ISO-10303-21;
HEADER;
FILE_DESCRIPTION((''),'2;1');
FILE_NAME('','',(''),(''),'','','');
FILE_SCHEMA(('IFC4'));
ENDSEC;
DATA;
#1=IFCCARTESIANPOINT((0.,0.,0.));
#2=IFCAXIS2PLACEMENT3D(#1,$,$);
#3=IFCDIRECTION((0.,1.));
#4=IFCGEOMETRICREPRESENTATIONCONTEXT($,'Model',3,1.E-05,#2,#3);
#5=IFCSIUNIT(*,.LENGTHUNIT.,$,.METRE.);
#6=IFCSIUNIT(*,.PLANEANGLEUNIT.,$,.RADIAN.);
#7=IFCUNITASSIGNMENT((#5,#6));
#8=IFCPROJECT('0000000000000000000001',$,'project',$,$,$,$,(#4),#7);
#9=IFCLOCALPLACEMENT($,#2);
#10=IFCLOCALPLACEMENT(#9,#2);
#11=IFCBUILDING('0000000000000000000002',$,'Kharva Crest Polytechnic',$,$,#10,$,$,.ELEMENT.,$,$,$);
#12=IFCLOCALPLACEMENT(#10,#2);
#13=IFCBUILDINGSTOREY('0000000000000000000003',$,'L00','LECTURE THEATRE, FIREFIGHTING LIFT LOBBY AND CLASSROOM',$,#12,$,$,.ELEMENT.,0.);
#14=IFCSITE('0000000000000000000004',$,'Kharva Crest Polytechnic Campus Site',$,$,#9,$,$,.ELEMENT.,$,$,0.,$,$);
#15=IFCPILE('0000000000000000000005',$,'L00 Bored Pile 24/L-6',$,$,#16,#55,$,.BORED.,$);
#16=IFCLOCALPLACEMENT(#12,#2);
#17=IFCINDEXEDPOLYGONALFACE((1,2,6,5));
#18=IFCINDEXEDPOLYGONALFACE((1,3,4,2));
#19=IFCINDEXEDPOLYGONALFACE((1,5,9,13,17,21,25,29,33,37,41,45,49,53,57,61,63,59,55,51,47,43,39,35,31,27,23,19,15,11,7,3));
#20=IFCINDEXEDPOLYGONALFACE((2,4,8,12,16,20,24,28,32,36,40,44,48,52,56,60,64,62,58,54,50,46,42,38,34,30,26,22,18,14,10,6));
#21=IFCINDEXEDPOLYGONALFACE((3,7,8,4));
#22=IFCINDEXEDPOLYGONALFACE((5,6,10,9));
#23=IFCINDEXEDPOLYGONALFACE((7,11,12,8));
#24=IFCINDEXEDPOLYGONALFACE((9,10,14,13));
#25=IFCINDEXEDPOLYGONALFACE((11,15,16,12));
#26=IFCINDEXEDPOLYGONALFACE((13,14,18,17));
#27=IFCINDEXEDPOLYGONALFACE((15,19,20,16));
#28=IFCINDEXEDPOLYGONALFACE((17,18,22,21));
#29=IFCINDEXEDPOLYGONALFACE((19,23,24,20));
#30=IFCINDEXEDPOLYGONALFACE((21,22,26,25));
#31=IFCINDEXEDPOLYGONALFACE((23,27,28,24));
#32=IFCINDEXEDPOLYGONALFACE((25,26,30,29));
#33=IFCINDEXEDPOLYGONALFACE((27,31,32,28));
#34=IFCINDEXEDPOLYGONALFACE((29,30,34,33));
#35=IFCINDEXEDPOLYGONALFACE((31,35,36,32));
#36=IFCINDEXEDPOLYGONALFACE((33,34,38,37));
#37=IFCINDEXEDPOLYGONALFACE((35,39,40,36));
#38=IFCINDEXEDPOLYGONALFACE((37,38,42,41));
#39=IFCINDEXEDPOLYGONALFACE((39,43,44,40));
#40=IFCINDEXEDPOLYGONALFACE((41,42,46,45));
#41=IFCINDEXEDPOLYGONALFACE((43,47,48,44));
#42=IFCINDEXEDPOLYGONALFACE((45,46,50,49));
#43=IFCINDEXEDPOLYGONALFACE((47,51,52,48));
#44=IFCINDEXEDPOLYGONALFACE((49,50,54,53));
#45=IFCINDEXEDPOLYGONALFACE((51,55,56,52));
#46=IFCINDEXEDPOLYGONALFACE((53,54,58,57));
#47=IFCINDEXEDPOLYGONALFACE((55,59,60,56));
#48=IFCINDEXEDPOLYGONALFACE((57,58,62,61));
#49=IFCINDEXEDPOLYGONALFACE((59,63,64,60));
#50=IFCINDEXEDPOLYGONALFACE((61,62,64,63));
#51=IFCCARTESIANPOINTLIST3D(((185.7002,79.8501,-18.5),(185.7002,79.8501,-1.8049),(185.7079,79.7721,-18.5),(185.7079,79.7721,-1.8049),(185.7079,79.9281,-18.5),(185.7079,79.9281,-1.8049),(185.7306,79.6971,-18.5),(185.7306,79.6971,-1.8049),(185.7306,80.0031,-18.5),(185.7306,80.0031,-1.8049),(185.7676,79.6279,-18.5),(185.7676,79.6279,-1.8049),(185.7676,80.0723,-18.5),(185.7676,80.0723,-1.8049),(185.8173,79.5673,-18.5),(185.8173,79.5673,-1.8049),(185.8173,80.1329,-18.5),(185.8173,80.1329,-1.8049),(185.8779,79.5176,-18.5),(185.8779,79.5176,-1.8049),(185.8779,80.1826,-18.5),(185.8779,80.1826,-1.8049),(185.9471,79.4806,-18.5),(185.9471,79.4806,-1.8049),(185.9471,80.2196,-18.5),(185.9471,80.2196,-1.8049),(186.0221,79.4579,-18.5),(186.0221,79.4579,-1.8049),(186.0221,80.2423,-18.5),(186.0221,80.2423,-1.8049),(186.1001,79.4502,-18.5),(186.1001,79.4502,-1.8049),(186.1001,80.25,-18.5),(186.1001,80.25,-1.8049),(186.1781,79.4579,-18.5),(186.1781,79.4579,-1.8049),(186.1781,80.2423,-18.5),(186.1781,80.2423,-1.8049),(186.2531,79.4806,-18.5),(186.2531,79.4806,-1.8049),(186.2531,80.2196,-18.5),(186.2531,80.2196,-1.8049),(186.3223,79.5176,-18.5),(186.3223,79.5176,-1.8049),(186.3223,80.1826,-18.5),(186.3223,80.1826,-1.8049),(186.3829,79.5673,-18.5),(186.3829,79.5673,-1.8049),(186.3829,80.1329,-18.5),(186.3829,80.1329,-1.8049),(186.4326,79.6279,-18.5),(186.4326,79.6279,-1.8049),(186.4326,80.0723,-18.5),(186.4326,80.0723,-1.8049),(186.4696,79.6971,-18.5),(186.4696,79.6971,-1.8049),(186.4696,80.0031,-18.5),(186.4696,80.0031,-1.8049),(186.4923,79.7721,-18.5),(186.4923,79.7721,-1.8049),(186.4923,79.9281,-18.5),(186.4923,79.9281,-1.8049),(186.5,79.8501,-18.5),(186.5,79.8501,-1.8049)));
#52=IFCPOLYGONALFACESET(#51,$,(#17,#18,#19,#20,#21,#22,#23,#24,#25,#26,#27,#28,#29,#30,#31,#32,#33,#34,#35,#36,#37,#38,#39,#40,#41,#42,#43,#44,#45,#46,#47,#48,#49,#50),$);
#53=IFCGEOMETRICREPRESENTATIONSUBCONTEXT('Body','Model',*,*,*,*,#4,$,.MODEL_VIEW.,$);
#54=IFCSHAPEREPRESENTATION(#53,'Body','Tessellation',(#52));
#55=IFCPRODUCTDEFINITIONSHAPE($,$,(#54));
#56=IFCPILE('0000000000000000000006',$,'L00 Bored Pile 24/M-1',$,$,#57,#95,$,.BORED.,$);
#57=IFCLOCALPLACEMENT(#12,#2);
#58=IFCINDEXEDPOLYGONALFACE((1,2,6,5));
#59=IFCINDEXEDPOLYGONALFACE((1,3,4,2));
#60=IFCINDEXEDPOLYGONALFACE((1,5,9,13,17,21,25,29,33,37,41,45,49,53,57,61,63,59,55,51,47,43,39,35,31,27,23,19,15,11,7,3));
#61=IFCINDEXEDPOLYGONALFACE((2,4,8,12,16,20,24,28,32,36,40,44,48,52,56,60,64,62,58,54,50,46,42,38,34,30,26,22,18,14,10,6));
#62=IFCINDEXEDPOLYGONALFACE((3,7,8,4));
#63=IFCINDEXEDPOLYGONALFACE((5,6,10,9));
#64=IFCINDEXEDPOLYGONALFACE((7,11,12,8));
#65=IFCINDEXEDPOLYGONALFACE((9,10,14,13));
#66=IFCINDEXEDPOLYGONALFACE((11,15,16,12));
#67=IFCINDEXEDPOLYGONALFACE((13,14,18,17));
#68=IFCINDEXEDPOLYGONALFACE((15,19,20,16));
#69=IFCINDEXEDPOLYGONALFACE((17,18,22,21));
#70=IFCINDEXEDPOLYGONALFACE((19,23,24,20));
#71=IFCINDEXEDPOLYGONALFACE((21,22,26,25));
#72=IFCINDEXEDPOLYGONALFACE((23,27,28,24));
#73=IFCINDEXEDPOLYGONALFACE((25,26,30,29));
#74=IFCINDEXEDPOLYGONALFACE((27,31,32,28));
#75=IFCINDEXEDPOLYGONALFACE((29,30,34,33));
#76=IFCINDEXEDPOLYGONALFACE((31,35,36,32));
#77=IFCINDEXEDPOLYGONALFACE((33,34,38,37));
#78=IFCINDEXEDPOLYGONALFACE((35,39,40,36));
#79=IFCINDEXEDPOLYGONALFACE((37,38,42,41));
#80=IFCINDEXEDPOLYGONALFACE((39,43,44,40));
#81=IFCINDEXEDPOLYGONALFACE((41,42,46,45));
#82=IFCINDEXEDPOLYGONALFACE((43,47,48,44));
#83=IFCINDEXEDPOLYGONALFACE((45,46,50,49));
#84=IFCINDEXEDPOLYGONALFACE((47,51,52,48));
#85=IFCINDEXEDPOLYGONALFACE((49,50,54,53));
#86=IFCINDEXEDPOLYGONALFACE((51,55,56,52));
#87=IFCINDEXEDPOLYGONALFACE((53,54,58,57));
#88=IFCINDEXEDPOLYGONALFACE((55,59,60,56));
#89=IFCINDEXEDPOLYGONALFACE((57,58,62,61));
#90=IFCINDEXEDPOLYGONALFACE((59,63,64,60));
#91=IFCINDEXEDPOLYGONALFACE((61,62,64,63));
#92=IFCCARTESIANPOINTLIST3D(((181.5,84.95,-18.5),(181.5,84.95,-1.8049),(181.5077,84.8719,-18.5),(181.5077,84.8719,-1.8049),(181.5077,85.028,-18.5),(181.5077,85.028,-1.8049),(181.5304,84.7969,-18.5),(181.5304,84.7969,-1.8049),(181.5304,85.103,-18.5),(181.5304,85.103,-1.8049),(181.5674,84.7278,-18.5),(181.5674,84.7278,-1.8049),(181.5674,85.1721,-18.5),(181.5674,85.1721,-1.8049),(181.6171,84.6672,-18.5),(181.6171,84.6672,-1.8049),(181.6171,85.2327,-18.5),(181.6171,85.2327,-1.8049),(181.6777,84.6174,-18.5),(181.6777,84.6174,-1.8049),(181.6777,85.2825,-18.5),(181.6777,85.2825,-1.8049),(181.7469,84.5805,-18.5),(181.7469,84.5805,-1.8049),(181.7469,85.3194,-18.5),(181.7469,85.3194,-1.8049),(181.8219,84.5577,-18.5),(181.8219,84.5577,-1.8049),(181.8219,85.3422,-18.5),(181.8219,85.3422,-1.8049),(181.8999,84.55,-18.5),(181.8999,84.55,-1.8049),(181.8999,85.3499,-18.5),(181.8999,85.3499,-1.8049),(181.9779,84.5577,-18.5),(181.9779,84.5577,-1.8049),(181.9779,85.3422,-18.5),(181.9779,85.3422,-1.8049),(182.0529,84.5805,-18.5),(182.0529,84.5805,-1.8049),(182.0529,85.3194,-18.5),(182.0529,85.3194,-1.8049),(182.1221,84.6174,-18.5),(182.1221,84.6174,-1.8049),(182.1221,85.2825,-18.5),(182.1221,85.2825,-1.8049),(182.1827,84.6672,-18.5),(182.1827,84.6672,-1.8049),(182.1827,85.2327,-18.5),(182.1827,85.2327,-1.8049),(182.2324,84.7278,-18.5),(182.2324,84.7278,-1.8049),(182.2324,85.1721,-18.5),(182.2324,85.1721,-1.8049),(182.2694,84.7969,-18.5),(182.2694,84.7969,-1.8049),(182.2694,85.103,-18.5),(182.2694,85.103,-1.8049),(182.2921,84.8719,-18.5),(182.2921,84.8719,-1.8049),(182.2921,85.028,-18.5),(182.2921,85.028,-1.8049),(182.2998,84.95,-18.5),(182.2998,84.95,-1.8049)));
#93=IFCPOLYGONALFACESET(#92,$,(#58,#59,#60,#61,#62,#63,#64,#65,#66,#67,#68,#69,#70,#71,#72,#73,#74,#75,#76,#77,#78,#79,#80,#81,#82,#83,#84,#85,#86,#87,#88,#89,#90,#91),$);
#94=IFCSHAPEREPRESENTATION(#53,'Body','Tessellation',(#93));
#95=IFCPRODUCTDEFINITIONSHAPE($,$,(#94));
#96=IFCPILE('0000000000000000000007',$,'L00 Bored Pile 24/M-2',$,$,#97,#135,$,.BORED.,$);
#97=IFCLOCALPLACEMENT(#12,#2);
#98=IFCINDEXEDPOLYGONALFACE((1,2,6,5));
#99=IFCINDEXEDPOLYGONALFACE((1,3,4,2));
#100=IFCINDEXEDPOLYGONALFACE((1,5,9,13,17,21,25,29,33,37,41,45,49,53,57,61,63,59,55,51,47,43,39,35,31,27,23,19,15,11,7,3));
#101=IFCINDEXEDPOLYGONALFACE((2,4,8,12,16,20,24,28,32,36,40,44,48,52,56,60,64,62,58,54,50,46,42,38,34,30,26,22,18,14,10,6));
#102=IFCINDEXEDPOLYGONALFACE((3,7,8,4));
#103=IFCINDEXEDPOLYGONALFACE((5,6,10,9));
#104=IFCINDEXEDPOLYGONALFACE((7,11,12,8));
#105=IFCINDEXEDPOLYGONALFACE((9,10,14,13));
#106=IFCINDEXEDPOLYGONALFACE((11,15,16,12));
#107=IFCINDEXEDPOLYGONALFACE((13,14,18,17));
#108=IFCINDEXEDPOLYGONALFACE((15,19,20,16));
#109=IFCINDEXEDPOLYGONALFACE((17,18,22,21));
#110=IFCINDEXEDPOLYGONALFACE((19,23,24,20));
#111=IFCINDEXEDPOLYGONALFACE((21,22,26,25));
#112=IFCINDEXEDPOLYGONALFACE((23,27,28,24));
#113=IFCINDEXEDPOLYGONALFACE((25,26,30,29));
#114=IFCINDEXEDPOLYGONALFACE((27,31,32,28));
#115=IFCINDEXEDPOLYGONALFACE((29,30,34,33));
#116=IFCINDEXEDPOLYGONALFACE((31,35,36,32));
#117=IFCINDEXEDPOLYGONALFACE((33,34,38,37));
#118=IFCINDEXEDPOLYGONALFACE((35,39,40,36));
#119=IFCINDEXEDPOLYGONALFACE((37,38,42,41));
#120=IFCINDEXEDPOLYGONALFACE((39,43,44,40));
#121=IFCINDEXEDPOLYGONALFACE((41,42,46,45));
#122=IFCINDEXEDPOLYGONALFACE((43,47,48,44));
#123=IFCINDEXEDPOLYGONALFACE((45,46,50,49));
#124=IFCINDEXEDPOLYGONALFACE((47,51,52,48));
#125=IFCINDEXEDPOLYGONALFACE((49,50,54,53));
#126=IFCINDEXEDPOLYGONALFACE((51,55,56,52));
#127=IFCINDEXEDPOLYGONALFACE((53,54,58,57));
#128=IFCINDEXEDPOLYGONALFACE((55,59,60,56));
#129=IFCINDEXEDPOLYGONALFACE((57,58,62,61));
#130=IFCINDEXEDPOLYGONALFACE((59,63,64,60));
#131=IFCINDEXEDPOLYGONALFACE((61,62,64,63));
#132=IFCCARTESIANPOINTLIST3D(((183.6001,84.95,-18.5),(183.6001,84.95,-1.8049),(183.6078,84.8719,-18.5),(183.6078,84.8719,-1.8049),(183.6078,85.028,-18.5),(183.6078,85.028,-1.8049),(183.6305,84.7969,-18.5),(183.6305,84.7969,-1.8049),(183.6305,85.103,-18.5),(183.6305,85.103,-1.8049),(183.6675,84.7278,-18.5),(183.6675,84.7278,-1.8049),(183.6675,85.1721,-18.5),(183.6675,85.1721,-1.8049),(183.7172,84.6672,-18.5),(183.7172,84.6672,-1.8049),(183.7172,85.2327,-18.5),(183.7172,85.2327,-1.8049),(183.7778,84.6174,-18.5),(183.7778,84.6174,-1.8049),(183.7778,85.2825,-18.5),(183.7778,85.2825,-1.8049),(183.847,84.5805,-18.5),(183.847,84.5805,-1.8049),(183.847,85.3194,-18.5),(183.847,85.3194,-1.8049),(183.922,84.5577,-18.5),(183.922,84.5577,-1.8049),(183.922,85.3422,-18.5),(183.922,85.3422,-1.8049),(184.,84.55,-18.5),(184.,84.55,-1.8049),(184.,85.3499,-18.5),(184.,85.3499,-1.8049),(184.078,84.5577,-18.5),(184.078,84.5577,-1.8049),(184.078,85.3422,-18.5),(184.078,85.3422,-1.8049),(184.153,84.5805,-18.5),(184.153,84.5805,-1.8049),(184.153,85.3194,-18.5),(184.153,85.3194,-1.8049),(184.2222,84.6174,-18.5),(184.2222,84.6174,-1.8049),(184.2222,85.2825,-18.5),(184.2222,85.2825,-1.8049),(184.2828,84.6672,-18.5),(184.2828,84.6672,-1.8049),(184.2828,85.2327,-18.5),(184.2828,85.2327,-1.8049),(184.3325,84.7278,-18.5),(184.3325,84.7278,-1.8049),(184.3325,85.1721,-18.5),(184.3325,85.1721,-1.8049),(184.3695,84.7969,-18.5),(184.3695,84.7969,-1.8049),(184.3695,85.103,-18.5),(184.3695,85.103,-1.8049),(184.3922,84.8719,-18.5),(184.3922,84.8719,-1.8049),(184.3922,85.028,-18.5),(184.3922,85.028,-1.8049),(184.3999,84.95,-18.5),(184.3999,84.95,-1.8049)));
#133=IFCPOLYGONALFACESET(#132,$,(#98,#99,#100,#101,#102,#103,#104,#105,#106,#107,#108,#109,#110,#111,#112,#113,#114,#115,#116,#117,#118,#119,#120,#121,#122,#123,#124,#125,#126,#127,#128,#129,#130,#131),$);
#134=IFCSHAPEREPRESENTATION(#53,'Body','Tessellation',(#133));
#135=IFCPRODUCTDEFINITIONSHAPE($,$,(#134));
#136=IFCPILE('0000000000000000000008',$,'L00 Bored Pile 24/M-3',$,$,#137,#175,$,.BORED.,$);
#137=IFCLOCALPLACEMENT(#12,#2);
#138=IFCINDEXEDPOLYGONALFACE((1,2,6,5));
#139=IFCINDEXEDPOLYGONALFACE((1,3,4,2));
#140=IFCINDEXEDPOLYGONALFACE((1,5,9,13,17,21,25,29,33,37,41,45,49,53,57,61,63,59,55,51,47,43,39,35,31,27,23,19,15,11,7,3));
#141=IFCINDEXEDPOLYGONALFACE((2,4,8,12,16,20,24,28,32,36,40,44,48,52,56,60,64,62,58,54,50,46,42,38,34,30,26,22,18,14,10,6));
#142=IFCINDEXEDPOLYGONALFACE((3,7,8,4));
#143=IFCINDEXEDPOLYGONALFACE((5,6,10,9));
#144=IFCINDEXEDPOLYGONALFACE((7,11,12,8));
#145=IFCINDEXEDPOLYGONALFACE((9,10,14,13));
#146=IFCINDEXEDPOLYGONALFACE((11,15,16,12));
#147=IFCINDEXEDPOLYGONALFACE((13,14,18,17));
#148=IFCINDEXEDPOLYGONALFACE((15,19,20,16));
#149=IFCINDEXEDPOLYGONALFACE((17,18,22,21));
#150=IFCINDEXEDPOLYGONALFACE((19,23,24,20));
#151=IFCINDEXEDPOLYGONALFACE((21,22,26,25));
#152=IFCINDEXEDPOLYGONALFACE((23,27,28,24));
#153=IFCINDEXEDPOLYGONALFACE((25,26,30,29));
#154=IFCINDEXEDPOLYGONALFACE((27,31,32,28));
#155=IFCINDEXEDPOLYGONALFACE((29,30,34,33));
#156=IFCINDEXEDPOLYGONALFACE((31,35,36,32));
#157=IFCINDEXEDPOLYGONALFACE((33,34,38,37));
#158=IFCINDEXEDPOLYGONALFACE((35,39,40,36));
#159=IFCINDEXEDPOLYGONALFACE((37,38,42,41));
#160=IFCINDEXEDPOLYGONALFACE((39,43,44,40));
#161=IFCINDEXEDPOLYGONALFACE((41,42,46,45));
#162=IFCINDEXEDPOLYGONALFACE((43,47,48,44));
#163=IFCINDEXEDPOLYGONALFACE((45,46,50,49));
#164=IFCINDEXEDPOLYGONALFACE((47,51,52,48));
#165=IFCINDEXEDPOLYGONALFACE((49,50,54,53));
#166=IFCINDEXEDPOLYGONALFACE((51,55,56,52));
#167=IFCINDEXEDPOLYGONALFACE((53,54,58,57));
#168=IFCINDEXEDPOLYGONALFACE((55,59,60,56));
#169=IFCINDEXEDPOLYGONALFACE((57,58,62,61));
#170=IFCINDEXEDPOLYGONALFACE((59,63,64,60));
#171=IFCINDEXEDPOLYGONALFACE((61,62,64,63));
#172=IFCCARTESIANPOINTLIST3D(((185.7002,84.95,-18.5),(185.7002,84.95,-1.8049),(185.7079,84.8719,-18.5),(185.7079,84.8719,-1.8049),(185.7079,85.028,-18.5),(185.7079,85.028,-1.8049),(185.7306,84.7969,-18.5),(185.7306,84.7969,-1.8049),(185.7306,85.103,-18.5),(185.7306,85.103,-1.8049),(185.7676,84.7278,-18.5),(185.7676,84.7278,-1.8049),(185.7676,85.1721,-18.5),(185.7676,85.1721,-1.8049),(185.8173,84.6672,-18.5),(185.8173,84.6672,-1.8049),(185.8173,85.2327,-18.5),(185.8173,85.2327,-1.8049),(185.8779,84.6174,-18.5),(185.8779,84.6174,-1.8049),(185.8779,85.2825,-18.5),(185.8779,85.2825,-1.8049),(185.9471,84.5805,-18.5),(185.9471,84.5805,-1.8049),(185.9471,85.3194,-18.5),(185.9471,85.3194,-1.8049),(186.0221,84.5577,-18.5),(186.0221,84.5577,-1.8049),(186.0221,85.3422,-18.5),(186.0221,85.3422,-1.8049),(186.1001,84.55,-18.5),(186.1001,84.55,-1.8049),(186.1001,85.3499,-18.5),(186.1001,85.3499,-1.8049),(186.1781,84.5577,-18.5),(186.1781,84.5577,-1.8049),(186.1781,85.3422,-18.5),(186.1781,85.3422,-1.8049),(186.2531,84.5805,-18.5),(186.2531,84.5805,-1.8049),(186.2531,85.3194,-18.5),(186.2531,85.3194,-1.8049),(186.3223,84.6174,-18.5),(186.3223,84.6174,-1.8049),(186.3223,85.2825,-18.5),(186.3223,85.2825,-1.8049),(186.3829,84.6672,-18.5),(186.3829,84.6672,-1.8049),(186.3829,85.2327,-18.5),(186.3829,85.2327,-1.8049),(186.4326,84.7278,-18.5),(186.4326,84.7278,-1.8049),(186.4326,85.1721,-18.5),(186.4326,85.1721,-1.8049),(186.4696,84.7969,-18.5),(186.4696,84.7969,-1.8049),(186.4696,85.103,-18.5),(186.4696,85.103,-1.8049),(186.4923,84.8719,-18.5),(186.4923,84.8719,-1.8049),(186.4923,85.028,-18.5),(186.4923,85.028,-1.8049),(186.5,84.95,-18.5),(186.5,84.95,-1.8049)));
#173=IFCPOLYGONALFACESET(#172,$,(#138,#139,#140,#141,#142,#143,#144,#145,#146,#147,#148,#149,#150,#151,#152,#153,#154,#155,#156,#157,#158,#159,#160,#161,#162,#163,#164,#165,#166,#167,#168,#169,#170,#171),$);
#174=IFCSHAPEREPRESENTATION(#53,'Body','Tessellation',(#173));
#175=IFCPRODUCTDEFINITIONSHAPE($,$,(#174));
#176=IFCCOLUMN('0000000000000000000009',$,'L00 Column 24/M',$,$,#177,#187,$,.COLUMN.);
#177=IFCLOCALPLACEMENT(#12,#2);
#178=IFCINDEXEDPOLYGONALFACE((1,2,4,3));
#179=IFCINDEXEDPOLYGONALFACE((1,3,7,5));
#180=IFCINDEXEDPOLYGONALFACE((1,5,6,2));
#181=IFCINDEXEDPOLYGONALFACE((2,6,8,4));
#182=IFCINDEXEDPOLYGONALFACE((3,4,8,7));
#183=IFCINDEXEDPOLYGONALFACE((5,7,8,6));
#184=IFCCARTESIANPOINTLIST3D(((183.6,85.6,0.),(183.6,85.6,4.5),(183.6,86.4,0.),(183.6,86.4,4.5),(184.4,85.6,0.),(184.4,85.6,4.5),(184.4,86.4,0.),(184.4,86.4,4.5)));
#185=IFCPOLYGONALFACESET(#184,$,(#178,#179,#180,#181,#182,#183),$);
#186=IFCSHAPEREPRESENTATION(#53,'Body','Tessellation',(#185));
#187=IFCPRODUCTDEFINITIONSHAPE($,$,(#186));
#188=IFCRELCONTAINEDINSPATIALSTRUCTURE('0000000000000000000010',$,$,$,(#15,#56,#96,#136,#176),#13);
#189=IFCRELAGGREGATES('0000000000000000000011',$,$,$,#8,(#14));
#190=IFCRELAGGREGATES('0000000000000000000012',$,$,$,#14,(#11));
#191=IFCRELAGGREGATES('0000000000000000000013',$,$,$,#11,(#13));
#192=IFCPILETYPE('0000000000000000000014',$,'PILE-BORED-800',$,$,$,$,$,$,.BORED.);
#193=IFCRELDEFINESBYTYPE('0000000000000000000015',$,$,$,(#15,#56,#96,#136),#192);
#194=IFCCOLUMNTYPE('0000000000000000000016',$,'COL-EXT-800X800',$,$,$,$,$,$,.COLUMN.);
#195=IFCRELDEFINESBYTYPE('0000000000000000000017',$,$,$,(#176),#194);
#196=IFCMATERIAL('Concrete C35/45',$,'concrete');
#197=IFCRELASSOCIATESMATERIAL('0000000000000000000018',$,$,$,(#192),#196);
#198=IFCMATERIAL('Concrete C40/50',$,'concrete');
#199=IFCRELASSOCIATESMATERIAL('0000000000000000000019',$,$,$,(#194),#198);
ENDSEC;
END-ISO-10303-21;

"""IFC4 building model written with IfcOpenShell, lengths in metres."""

from ifc_helpers import new_model, si_unit, direction, frame, origin, origin_2d, place, context, subcontext, project, spatial, rectangle, circle, extrude, material, material_profile, profile_set, type_object, element, save


model = new_model("IFC4")

# Units and contexts
model_context = context("Model", 3, precision=1e-05, world=origin(), true_north=direction((0.0, 1.0)))
body_context = subcontext(model_context, "Body", "Model", "MODEL_VIEW")
ifc_project = project(units=[si_unit("LENGTHUNIT", "METRE"), si_unit("PLANEANGLEUNIT", "RADIAN")], contexts=[model_context])

# Site, building, storey
site_placement = place(None, origin())
site = spatial("IfcSite", under=ifc_project, at=site_placement, Name="Kharva Crest Polytechnic Campus Site", CompositionType="ELEMENT", RefElevation=0.0)
building_placement = place(site_placement, origin())
building = spatial("IfcBuilding", under=site, at=building_placement, Name="Kharva Crest Polytechnic", CompositionType="ELEMENT")
storey_placement = place(building_placement, origin())
storey = spatial("IfcBuildingStorey", under=building, at=storey_placement, Name="L00", Description="LECTURE THEATRE, FIREFIGHTING LIFT LOBBY AND CLASSROOM", CompositionType="ELEMENT", Elevation=0.0)

# Shared definitions
ifc_material_1 = material(Name="Concrete C35/45", Category="concrete")

# Piles
ifc_material_profile_1 = material_profile(ifc_material_1, circle(Radius=0.3999, at=origin_2d()), Name="DIA 800")
ifc_profile_set_1 = profile_set([ifc_material_profile_1], Name="Concrete C35/45")
pile_type = type_object("IfcPileType", Name="PILE-BORED-800", PredefinedType="BORED", material=ifc_profile_set_1)
for number, where, z_axis, x_axis, name in (
    (1, (186.1001, 79.8501, -1.8049), (0.0, 0.0, -1.0), (1.0, 0.0, 0.0), "L00 Bored Pile 24/L-6"),
    (2, (181.8999, 84.95, -1.8049), (0.0, 0.0, -1.0), (1.0, 0.0, 0.0), "L00 Bored Pile 24/M-1"),
    (3, (184.0, 84.95, -1.8049), (0.0, 0.0, -1.0), (1.0, 0.0, 0.0), "L00 Bored Pile 24/M-2"),
    (4, (186.1001, 84.95, -1.8049), (0.0, 0.0, -1.0), (1.0, 0.0, 0.0), "L00 Bored Pile 24/M-3"),
):
    element("IfcPile", number, at=place(storey_placement, frame(where, z_axis=z_axis, x_axis=x_axis)), inside=storey, type_object=pile_type, Name=name, PredefinedType="BORED", context=body_context, shape_type="SweptSolid", body=[
        extrude(circle(Radius=0.3999, at=origin_2d()), origin(), (0.0, 0.0, 1.0), 16.6951),
    ])

# Column
ifc_material_2 = material(Name="Concrete C40/50", Category="concrete")
ifc_material_profile_2 = material_profile(ifc_material_2, rectangle(XDim=0.8, YDim=0.8, at=origin_2d()), Name="RECT 800 X 800")
ifc_profile_set_2 = profile_set([ifc_material_profile_2], Name="Concrete C40/50")
column_type_1 = type_object("IfcColumnType", Name="COL-EXT-800X800", PredefinedType="COLUMN", material=ifc_profile_set_2)
column_1_placement = place(storey_placement, frame((184.0, 86.0, 0.0), z_axis=(0.0, 0.0, 1.0), x_axis=(1.0, 0.0, 0.0)))
element("IfcColumn", 5, at=column_1_placement, inside=storey, type_object=column_type_1, Name="L00 Column 24/M", PredefinedType="COLUMN", context=body_context, shape_type="SweptSolid", body=[
    extrude(rectangle(XDim=0.8, YDim=0.8, at=origin_2d()), origin(), (0.0, 0.0, 1.0), 4.5),
])

save(model, "model.ifc")
